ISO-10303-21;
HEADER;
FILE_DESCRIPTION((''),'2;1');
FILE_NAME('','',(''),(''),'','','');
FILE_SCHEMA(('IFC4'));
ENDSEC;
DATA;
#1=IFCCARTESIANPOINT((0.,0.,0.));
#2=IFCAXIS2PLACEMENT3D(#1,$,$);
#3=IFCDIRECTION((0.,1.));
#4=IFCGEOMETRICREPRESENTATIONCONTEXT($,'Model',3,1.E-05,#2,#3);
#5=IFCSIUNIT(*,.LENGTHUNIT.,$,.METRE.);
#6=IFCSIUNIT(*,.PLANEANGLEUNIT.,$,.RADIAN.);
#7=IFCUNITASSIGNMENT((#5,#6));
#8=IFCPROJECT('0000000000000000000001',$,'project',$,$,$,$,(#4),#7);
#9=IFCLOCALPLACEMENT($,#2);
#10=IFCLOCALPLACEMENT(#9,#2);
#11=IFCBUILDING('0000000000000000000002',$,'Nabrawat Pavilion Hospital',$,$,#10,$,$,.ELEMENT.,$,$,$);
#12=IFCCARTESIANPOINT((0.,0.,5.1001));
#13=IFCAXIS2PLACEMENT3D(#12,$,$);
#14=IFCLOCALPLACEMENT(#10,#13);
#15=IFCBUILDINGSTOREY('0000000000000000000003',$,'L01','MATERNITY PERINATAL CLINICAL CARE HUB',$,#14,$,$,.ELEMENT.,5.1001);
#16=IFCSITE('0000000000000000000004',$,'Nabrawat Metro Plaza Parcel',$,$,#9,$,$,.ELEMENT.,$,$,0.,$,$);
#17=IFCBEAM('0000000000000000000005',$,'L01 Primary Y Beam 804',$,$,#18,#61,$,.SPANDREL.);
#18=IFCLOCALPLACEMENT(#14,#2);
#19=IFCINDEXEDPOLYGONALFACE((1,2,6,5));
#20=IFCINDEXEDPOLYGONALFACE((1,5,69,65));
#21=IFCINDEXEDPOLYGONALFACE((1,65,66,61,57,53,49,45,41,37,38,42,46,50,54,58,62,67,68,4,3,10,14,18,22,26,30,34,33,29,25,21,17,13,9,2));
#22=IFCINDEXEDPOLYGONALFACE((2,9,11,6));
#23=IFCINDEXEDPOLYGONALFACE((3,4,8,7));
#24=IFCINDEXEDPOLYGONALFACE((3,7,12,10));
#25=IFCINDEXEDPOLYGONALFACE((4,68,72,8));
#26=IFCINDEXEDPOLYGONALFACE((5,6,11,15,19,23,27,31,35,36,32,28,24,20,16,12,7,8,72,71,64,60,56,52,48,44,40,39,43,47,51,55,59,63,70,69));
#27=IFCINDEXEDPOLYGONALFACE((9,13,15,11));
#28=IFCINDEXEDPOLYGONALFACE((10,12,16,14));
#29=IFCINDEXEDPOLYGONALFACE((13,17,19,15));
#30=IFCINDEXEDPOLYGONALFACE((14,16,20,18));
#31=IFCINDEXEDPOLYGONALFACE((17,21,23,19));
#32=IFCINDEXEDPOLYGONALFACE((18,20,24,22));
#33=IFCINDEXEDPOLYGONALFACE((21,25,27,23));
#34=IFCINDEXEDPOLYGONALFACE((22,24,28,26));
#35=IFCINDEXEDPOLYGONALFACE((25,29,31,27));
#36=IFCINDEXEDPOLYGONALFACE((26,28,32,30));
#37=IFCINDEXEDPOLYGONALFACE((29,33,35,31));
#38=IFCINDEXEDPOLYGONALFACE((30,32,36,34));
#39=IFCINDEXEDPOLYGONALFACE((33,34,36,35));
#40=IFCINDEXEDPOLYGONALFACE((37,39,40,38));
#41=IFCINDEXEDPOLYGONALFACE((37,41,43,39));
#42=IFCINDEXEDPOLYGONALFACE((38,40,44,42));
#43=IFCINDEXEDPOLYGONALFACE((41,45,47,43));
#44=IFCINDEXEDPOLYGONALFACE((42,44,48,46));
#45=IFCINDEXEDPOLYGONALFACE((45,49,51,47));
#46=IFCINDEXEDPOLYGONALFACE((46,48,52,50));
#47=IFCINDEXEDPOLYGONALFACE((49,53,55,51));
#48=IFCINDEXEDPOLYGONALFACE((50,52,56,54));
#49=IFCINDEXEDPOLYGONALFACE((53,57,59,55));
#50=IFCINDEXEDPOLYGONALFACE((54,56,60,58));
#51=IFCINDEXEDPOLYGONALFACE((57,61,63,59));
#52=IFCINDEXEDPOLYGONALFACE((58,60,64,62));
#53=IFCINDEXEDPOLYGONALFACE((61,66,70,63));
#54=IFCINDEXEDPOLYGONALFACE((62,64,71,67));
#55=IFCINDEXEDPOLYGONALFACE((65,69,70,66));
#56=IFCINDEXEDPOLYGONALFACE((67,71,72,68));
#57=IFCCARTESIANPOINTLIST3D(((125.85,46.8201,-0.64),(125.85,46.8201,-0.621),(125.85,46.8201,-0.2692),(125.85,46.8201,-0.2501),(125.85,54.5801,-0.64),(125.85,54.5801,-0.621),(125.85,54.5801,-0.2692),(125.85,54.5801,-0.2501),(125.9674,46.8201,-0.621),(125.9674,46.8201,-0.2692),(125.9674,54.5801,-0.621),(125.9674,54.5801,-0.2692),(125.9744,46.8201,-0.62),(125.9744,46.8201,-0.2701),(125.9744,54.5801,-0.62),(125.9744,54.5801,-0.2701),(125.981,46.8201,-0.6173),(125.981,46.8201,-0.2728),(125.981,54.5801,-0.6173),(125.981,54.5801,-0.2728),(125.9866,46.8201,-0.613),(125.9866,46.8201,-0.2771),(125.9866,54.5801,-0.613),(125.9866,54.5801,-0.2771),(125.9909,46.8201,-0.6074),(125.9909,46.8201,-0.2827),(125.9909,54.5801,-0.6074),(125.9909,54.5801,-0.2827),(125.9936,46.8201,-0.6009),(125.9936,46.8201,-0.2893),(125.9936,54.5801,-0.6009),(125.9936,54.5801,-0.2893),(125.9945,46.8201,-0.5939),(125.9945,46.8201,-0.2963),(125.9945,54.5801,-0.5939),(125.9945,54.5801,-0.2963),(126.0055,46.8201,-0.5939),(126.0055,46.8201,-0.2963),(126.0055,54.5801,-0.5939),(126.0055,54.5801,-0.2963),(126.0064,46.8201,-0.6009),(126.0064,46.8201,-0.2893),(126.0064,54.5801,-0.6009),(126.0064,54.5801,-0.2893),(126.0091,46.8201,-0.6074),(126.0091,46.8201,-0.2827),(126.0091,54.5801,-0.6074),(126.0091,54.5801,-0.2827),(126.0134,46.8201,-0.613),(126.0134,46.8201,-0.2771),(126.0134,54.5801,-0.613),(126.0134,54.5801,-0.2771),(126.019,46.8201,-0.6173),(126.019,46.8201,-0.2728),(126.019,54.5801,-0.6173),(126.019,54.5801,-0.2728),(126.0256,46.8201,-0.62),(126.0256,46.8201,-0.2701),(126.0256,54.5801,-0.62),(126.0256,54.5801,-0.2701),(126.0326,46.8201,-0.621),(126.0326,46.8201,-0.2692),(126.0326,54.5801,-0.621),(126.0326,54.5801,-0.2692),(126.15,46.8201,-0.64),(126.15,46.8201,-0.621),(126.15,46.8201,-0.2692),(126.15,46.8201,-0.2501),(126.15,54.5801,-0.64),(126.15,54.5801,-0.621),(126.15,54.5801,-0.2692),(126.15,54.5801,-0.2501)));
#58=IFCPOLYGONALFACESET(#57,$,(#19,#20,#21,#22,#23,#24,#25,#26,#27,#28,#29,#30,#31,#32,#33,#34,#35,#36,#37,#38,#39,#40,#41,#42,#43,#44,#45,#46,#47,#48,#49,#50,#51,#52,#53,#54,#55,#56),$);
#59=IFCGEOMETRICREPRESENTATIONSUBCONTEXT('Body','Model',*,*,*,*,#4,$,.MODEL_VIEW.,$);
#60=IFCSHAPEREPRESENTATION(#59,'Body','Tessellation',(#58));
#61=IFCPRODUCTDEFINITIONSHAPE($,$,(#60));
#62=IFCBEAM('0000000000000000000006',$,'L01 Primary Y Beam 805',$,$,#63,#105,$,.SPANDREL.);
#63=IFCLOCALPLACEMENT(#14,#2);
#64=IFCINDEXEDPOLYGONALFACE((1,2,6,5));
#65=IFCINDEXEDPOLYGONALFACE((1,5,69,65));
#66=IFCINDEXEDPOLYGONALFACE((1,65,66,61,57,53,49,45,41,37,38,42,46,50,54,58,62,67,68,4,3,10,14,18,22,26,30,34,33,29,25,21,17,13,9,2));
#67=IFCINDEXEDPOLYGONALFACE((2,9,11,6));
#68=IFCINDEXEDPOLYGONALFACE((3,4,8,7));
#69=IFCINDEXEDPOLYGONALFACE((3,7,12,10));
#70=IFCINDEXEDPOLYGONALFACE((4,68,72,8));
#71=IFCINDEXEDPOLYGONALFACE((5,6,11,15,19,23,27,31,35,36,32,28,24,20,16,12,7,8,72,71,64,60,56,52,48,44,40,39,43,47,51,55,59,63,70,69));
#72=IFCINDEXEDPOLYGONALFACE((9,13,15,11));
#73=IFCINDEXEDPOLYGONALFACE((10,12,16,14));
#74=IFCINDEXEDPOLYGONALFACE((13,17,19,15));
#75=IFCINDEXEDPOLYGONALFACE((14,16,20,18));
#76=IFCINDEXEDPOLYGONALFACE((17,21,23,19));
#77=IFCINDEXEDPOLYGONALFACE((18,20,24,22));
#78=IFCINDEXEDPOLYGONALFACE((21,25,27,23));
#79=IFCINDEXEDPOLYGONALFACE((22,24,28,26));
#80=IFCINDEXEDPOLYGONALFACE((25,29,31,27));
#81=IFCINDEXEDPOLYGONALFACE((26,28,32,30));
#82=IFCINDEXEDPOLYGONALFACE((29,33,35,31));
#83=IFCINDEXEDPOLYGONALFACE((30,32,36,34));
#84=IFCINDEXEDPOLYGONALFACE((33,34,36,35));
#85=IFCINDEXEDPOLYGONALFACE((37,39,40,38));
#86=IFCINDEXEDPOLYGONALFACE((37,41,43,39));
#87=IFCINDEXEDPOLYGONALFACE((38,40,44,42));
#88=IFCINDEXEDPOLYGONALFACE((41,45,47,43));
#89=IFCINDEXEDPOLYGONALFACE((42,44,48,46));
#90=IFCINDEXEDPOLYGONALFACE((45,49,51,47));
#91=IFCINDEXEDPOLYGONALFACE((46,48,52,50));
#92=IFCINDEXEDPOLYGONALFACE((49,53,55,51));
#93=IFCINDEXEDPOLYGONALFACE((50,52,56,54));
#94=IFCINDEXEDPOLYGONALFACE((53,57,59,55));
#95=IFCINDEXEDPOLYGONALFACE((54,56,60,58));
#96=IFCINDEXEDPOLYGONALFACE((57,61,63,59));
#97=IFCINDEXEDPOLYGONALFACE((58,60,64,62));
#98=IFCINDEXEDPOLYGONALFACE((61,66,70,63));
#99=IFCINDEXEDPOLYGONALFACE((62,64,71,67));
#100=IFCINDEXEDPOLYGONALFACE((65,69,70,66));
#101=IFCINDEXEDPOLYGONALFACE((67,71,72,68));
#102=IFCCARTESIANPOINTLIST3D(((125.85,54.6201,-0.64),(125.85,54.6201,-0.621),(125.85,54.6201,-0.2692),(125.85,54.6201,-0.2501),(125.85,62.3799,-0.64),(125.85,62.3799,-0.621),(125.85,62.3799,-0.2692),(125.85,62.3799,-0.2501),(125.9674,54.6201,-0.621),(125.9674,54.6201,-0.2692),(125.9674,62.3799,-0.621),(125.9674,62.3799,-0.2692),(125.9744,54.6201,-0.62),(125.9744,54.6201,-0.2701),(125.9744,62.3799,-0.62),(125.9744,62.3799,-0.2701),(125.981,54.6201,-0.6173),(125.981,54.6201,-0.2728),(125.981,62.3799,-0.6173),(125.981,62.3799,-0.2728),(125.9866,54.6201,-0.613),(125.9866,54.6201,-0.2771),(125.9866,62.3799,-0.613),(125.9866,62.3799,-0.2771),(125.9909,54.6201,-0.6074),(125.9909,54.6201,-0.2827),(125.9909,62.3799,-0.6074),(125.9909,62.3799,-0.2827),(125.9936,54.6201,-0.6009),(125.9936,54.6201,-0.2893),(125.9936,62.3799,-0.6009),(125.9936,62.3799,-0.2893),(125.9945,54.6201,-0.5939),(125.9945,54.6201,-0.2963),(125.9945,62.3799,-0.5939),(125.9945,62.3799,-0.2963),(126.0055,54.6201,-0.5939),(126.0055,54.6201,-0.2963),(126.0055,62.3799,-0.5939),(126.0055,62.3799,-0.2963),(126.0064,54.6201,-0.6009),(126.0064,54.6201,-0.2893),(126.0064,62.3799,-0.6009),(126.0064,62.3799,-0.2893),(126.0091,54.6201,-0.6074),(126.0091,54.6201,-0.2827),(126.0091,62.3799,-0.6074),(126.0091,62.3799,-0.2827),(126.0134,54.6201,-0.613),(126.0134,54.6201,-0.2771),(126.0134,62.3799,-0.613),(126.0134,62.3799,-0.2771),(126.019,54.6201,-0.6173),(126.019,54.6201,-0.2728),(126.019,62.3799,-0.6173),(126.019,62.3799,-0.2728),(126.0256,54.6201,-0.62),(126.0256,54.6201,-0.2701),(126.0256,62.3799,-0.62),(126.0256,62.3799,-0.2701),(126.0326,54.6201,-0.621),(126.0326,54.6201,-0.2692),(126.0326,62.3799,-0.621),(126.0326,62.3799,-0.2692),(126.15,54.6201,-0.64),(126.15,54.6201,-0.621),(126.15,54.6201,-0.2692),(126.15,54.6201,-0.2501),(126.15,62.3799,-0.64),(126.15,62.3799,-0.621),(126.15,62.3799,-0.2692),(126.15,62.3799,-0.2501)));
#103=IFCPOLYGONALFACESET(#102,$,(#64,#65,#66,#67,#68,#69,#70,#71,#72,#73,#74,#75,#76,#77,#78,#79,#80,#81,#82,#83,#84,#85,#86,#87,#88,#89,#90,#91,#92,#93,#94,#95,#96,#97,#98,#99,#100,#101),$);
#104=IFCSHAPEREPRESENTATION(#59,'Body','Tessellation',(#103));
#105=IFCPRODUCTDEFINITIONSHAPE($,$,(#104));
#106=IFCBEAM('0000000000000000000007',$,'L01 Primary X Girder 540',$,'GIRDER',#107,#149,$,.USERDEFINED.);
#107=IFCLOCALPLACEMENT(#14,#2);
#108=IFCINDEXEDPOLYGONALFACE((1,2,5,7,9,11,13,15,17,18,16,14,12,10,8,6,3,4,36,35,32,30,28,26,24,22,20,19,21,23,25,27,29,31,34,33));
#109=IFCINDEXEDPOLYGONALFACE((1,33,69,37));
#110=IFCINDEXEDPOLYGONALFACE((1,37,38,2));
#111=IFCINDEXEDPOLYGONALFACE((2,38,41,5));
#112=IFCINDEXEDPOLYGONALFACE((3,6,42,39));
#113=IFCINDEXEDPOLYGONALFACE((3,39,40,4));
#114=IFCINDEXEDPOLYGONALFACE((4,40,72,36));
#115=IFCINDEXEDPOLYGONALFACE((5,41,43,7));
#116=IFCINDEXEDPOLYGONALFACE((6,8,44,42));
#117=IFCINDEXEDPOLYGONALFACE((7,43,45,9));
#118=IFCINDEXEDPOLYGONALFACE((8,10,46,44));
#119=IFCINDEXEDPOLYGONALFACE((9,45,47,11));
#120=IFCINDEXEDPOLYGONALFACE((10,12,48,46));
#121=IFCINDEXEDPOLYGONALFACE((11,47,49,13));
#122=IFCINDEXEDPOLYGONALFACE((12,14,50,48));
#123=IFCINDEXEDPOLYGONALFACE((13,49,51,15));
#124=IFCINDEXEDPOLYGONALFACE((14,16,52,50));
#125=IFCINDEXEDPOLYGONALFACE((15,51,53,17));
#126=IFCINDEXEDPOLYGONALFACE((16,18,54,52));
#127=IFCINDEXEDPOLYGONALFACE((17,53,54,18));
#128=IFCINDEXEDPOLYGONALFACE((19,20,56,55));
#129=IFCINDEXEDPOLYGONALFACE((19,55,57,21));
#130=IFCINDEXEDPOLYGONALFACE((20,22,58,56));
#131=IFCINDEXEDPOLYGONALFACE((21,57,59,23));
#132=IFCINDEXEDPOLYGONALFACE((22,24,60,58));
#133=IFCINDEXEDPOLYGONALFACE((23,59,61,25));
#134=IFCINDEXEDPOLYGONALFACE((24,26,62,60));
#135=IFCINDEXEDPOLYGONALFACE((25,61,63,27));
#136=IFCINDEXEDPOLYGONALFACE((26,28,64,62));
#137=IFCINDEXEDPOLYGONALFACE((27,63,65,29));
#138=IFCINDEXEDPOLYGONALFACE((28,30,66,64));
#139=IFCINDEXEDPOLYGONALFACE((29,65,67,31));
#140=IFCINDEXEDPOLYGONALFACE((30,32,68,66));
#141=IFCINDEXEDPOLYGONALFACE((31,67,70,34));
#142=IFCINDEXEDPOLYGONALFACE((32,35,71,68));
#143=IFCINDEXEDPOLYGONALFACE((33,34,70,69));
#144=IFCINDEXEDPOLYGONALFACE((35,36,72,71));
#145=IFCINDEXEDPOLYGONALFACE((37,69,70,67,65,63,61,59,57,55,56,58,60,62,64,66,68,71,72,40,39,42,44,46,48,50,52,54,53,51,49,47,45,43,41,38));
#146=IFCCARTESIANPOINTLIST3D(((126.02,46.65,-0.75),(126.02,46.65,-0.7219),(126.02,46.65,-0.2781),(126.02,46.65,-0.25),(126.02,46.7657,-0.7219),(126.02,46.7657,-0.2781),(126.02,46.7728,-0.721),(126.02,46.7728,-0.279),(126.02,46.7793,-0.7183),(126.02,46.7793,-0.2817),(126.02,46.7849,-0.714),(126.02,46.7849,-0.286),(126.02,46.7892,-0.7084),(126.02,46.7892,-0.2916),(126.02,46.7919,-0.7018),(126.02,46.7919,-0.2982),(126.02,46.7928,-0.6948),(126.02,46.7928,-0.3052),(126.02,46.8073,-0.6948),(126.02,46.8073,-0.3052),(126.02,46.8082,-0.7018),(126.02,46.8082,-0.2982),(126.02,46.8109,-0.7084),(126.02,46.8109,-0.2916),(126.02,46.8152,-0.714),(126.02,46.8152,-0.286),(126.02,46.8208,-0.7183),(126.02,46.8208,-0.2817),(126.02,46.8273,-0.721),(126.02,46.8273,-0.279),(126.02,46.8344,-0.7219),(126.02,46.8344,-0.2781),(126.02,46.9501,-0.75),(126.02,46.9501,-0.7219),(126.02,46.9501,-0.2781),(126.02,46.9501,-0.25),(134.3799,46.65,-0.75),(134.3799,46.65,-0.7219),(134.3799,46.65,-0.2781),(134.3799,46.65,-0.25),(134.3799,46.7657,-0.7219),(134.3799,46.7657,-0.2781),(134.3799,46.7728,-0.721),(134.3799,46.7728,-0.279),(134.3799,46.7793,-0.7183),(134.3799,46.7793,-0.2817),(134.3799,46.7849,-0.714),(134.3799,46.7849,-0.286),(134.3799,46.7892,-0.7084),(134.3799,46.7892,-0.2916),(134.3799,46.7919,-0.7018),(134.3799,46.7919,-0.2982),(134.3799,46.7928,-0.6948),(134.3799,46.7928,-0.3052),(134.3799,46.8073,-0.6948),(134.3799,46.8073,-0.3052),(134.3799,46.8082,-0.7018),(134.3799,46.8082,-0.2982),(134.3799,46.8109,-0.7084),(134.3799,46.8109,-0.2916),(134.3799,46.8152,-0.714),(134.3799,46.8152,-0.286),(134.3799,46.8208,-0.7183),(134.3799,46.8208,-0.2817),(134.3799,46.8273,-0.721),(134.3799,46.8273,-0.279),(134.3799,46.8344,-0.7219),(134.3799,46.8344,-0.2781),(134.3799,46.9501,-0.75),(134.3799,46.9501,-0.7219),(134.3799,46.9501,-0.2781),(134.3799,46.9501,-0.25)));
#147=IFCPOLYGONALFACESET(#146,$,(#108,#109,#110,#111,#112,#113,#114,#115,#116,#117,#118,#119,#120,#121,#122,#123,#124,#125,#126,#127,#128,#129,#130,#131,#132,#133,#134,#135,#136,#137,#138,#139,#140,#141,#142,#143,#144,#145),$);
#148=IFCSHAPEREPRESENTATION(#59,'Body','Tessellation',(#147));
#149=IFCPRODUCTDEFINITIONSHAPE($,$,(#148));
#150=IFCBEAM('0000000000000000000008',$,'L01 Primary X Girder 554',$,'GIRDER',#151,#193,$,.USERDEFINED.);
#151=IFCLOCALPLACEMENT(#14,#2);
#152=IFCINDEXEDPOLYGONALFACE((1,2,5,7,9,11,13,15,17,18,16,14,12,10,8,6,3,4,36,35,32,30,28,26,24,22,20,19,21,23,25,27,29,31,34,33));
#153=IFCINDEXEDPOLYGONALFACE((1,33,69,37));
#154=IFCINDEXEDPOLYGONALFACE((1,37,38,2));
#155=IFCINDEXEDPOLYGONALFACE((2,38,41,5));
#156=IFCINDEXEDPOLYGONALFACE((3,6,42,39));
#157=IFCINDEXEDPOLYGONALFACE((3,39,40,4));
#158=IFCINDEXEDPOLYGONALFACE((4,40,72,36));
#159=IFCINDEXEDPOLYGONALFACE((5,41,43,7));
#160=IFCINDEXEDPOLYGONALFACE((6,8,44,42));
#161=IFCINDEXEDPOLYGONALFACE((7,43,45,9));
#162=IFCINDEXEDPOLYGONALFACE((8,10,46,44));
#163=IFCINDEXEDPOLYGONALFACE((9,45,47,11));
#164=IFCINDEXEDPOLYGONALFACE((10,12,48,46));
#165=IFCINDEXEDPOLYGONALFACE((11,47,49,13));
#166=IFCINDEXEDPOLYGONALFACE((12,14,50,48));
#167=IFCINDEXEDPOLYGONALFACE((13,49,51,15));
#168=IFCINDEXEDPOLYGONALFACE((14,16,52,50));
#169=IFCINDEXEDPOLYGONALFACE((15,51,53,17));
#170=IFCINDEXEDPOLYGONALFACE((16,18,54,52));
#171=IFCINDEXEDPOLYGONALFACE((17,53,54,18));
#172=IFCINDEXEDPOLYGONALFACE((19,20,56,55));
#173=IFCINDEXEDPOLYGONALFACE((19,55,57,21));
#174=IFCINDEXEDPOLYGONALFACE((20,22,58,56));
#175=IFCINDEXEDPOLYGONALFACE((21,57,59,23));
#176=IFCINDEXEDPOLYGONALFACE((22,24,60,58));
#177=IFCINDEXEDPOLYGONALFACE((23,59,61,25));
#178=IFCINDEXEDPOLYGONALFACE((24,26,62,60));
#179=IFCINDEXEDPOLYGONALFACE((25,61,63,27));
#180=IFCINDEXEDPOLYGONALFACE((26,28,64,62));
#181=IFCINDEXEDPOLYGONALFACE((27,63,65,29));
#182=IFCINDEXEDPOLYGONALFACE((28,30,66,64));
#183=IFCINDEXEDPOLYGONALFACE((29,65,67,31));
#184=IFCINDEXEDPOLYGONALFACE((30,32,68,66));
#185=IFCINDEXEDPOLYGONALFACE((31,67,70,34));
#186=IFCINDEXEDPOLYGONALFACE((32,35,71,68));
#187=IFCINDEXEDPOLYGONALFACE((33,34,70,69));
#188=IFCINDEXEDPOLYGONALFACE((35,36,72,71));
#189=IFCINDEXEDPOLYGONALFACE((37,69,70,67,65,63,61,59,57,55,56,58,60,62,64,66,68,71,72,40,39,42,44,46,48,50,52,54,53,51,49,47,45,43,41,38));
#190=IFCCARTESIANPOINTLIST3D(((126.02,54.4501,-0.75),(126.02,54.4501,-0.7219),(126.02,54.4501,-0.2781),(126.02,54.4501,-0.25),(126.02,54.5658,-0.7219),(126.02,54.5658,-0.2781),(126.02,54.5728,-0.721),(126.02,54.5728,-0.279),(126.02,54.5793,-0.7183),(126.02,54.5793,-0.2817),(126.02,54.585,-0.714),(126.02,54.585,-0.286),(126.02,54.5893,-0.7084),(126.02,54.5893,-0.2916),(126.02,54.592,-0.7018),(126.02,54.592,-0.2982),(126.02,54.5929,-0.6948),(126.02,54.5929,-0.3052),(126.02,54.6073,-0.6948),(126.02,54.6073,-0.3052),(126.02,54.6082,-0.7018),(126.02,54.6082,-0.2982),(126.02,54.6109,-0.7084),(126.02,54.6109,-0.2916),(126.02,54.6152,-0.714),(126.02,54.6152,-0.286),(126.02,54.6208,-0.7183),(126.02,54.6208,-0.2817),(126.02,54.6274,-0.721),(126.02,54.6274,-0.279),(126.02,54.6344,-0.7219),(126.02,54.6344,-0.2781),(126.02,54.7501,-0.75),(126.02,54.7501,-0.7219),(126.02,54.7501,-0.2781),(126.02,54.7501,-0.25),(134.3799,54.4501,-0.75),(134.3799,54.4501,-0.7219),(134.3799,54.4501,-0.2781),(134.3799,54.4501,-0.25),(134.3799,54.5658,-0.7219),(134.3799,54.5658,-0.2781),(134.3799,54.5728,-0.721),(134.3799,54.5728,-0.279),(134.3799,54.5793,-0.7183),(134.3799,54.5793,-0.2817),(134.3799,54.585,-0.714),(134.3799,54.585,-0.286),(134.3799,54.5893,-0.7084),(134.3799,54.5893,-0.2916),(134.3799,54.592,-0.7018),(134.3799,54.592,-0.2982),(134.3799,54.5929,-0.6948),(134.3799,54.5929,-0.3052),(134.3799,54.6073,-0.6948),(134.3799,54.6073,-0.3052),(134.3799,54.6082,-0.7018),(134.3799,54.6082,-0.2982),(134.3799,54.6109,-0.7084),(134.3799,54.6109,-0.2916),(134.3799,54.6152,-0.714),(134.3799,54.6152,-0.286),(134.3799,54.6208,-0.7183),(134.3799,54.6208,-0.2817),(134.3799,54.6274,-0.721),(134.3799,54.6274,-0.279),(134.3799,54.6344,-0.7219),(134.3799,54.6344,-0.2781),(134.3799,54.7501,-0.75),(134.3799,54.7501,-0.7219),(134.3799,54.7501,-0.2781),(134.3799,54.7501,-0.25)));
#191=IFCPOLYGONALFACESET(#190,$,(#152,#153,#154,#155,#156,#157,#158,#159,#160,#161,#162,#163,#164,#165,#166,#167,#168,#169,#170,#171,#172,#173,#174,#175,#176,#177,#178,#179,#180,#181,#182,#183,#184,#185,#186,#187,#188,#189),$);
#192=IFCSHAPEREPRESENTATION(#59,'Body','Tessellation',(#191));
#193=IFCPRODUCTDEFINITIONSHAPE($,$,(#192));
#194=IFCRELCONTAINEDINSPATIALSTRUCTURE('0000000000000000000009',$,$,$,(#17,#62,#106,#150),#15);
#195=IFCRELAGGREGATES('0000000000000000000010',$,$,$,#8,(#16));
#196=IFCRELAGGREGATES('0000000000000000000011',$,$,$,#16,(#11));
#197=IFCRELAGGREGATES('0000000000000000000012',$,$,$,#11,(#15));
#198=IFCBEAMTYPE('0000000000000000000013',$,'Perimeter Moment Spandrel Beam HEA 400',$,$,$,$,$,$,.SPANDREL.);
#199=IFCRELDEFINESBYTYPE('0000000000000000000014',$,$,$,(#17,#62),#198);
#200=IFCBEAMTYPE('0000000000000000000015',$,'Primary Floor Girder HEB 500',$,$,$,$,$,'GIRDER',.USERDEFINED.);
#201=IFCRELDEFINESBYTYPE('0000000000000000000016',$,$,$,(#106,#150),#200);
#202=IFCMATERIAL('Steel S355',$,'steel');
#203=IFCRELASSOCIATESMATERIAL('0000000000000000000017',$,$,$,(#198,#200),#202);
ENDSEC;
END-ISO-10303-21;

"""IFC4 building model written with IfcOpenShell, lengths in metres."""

from ifc_helpers import new_model, si_unit, direction, frame, origin, origin_2d, place, context, subcontext, project, spatial, i_section, extrude, material, material_profile, profile_set, type_object, element, save


model = new_model("IFC4")

# Units and contexts
model_context = context("Model", 3, precision=1e-05, world=origin(), true_north=direction((0.0, 1.0)))
body_context = subcontext(model_context, "Body", "Model", "MODEL_VIEW")
ifc_project = project(units=[si_unit("LENGTHUNIT", "METRE"), si_unit("PLANEANGLEUNIT", "RADIAN")], contexts=[model_context])

# Site, building, storey
site_placement = place(None, origin())
site = spatial("IfcSite", under=ifc_project, at=site_placement, Name="Nabrawat Metro Plaza Parcel", CompositionType="ELEMENT", RefElevation=0.0)
building_placement = place(site_placement, origin())
building = spatial("IfcBuilding", under=site, at=building_placement, Name="Nabrawat Pavilion Hospital", CompositionType="ELEMENT")
storey_placement = place(building_placement, frame((0.0, 0.0, 5.1001)))
storey = spatial("IfcBuildingStorey", under=building, at=storey_placement, Name="L01", Description="MATERNITY PERINATAL CLINICAL CARE HUB", CompositionType="ELEMENT", Elevation=5.1001)

# Shared definitions
ifc_material_1 = material(Name="Steel S355", Category="steel")

# Beams
ifc_material_profile_1 = material_profile(ifc_material_1, i_section(OverallWidth=0.3, OverallDepth=0.3899, WebThickness=0.011, FlangeThickness=0.019, FilletRadius=0.0271, at=origin_2d()), Name="HEA 400")
ifc_profile_set_1 = profile_set([ifc_material_profile_1], Name="Steel S355")
beam_type_1 = type_object("IfcBeamType", Name="Perimeter Moment Spandrel Beam HEA 400", PredefinedType="SPANDREL", material=ifc_profile_set_1)
beam_1_placement = place(storey_placement, frame((126.0, 46.8201, -0.4451), z_axis=(0.0, 1.0, 0.0), x_axis=(-1.0, 0.0, 0.0)))
element("IfcBeam", 1, at=beam_1_placement, inside=storey, type_object=beam_type_1, Name="L01 Primary Y Beam 804", PredefinedType="SPANDREL", context=body_context, shape_type="SweptSolid", body=[
    extrude(i_section(OverallWidth=0.3, OverallDepth=0.3899, WebThickness=0.011, FlangeThickness=0.019, FilletRadius=0.0271, at=origin_2d()), origin(), (0.0, 0.0, 1.0), 7.76),
])
beam_2_placement = place(storey_placement, frame((126.0, 54.6201, -0.4451), z_axis=(0.0, 1.0, 0.0), x_axis=(-1.0, 0.0, 0.0)))
element("IfcBeam", 2, at=beam_2_placement, inside=storey, type_object=beam_type_1, Name="L01 Primary Y Beam 805", PredefinedType="SPANDREL", context=body_context, shape_type="SweptSolid", body=[
    extrude(i_section(OverallWidth=0.3, OverallDepth=0.3899, WebThickness=0.011, FlangeThickness=0.019, FilletRadius=0.0271, at=origin_2d()), origin(), (0.0, 0.0, 1.0), 7.7598),
])
ifc_material_profile_2 = material_profile(ifc_material_1, i_section(OverallWidth=0.3, OverallDepth=0.5, WebThickness=0.0144, FlangeThickness=0.0281, FilletRadius=0.0271, at=origin_2d()), Name="HEB 500")
ifc_profile_set_2 = profile_set([ifc_material_profile_2], Name="Steel S355")
beam_type_2 = type_object("IfcBeamType", Name="Primary Floor Girder HEB 500", ElementType="GIRDER", PredefinedType="USERDEFINED", material=ifc_profile_set_2)
for number, where, z_axis, x_axis, name in (
    (3, (126.02, 46.8, -0.5), (1.0, 0.0, 0.0), (0.0, 1.0, 0.0), "L01 Primary X Girder 540"),
    (4, (126.02, 54.6001, -0.5), (1.0, 0.0, 0.0), (0.0, 1.0, 0.0), "L01 Primary X Girder 554"),
):
    element("IfcBeam", number, at=place(storey_placement, frame(where, z_axis=z_axis, x_axis=x_axis)), inside=storey, type_object=beam_type_2, Name=name, ObjectType="GIRDER", PredefinedType="USERDEFINED", context=body_context, shape_type="SweptSolid", body=[
        extrude(i_section(OverallWidth=0.3, OverallDepth=0.5, WebThickness=0.0144, FlangeThickness=0.0281, FilletRadius=0.0271, at=origin_2d()), origin(), (0.0, 0.0, 1.0), 8.3599),
    ])

save(model, "model.ifc")
